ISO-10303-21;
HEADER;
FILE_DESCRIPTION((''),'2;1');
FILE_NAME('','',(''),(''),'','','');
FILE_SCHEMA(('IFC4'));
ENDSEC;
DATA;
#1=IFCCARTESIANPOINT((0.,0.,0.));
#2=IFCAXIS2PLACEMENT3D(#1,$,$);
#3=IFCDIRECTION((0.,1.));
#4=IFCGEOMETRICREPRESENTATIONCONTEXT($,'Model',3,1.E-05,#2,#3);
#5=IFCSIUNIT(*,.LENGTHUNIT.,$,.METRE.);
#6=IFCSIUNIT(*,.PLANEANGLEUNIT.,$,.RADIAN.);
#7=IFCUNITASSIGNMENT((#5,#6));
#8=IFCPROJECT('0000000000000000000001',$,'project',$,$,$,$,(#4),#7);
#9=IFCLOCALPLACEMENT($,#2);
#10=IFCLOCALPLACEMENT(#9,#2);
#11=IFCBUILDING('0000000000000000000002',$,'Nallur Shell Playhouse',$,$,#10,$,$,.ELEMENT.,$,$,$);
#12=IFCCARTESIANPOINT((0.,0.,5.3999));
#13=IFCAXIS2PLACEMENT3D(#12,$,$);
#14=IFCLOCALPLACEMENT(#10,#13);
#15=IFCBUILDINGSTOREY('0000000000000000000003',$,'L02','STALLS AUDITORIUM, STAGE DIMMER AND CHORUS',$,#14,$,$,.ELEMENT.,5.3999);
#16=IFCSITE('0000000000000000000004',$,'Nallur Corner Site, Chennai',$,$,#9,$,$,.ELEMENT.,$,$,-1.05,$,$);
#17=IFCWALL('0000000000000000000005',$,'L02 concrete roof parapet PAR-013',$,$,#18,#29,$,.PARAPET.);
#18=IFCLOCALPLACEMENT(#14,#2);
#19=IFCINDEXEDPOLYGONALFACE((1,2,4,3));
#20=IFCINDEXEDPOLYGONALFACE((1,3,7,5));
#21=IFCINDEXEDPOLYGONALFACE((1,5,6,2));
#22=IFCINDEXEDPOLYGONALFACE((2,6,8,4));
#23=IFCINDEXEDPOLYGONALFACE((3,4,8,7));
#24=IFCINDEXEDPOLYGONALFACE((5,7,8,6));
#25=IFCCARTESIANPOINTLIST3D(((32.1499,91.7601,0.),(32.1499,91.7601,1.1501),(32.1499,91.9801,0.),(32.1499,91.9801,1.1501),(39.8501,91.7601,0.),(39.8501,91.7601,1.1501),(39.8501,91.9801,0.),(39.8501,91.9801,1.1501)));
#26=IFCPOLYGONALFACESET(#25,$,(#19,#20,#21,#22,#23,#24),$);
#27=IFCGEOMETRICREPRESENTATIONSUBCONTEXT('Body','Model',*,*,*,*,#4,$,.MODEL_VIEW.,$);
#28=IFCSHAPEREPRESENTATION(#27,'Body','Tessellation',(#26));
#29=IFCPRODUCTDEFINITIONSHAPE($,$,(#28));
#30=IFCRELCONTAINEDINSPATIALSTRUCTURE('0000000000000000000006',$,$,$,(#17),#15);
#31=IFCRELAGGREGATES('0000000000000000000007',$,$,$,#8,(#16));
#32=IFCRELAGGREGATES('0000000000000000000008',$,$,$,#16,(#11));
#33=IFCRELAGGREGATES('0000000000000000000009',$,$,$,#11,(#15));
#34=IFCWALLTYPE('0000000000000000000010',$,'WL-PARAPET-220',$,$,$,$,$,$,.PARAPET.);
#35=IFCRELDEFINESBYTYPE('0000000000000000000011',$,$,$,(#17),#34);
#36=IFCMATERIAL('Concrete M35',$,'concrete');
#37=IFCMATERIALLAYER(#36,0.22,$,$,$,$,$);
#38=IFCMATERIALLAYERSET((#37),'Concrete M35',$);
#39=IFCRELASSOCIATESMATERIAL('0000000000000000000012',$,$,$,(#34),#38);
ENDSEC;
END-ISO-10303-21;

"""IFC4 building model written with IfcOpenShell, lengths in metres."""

from ifc_helpers import new_model, si_unit, direction, frame, frame_2d, origin, place, context, subcontext, project, spatial, rectangle, extrude, material, layer, layer_set, type_object, element, save


model = new_model("IFC4")

# Units and contexts
model_context = context("Model", 3, precision=1e-05, world=origin(), true_north=direction((0.0, 1.0)))
body_context = subcontext(model_context, "Body", "Model", "MODEL_VIEW")
ifc_project = project(units=[si_unit("LENGTHUNIT", "METRE"), si_unit("PLANEANGLEUNIT", "RADIAN")], contexts=[model_context])

# Site, building, storey
site_placement = place(None, origin())
site = spatial("IfcSite", under=ifc_project, at=site_placement, Name="Nallur Corner Site, Chennai", CompositionType="ELEMENT", RefElevation=-1.05)
building_placement = place(site_placement, origin())
building = spatial("IfcBuilding", under=site, at=building_placement, Name="Nallur Shell Playhouse", CompositionType="ELEMENT")
storey_placement = place(building_placement, frame((0.0, 0.0, 5.3999)))
storey = spatial("IfcBuildingStorey", under=building, at=storey_placement, Name="L02", Description="STALLS AUDITORIUM, STAGE DIMMER AND CHORUS", CompositionType="ELEMENT", Elevation=5.3999)

# Shared definitions
ifc_material_1 = material(Name="Concrete M35", Category="concrete")

# Wall
ifc_layer_1 = layer(ifc_material_1, 0.22)
ifc_layer_set_1 = layer_set([ifc_layer_1], Name="Concrete M35")
wall_type_1 = type_object("IfcWallType", Name="WL-PARAPET-220", PredefinedType="PARAPET", material=ifc_layer_set_1)
wall_1_placement = place(storey_placement, frame((32.1499, 91.8701, 0.0), z_axis=(0.0, 0.0, 1.0), x_axis=(1.0, 0.0, 0.0)))
element("IfcWall", 1, at=wall_1_placement, inside=storey, type_object=wall_type_1, Name="L02 concrete roof parapet PAR-013", PredefinedType="PARAPET", context=body_context, shape_type="SweptSolid", body=[
    extrude(rectangle(XDim=7.7002, YDim=0.22, at=frame_2d((3.8501, 0.0))), origin(), (0.0, 0.0, 1.0), 1.1501),
])

save(model, "model.ifc")
